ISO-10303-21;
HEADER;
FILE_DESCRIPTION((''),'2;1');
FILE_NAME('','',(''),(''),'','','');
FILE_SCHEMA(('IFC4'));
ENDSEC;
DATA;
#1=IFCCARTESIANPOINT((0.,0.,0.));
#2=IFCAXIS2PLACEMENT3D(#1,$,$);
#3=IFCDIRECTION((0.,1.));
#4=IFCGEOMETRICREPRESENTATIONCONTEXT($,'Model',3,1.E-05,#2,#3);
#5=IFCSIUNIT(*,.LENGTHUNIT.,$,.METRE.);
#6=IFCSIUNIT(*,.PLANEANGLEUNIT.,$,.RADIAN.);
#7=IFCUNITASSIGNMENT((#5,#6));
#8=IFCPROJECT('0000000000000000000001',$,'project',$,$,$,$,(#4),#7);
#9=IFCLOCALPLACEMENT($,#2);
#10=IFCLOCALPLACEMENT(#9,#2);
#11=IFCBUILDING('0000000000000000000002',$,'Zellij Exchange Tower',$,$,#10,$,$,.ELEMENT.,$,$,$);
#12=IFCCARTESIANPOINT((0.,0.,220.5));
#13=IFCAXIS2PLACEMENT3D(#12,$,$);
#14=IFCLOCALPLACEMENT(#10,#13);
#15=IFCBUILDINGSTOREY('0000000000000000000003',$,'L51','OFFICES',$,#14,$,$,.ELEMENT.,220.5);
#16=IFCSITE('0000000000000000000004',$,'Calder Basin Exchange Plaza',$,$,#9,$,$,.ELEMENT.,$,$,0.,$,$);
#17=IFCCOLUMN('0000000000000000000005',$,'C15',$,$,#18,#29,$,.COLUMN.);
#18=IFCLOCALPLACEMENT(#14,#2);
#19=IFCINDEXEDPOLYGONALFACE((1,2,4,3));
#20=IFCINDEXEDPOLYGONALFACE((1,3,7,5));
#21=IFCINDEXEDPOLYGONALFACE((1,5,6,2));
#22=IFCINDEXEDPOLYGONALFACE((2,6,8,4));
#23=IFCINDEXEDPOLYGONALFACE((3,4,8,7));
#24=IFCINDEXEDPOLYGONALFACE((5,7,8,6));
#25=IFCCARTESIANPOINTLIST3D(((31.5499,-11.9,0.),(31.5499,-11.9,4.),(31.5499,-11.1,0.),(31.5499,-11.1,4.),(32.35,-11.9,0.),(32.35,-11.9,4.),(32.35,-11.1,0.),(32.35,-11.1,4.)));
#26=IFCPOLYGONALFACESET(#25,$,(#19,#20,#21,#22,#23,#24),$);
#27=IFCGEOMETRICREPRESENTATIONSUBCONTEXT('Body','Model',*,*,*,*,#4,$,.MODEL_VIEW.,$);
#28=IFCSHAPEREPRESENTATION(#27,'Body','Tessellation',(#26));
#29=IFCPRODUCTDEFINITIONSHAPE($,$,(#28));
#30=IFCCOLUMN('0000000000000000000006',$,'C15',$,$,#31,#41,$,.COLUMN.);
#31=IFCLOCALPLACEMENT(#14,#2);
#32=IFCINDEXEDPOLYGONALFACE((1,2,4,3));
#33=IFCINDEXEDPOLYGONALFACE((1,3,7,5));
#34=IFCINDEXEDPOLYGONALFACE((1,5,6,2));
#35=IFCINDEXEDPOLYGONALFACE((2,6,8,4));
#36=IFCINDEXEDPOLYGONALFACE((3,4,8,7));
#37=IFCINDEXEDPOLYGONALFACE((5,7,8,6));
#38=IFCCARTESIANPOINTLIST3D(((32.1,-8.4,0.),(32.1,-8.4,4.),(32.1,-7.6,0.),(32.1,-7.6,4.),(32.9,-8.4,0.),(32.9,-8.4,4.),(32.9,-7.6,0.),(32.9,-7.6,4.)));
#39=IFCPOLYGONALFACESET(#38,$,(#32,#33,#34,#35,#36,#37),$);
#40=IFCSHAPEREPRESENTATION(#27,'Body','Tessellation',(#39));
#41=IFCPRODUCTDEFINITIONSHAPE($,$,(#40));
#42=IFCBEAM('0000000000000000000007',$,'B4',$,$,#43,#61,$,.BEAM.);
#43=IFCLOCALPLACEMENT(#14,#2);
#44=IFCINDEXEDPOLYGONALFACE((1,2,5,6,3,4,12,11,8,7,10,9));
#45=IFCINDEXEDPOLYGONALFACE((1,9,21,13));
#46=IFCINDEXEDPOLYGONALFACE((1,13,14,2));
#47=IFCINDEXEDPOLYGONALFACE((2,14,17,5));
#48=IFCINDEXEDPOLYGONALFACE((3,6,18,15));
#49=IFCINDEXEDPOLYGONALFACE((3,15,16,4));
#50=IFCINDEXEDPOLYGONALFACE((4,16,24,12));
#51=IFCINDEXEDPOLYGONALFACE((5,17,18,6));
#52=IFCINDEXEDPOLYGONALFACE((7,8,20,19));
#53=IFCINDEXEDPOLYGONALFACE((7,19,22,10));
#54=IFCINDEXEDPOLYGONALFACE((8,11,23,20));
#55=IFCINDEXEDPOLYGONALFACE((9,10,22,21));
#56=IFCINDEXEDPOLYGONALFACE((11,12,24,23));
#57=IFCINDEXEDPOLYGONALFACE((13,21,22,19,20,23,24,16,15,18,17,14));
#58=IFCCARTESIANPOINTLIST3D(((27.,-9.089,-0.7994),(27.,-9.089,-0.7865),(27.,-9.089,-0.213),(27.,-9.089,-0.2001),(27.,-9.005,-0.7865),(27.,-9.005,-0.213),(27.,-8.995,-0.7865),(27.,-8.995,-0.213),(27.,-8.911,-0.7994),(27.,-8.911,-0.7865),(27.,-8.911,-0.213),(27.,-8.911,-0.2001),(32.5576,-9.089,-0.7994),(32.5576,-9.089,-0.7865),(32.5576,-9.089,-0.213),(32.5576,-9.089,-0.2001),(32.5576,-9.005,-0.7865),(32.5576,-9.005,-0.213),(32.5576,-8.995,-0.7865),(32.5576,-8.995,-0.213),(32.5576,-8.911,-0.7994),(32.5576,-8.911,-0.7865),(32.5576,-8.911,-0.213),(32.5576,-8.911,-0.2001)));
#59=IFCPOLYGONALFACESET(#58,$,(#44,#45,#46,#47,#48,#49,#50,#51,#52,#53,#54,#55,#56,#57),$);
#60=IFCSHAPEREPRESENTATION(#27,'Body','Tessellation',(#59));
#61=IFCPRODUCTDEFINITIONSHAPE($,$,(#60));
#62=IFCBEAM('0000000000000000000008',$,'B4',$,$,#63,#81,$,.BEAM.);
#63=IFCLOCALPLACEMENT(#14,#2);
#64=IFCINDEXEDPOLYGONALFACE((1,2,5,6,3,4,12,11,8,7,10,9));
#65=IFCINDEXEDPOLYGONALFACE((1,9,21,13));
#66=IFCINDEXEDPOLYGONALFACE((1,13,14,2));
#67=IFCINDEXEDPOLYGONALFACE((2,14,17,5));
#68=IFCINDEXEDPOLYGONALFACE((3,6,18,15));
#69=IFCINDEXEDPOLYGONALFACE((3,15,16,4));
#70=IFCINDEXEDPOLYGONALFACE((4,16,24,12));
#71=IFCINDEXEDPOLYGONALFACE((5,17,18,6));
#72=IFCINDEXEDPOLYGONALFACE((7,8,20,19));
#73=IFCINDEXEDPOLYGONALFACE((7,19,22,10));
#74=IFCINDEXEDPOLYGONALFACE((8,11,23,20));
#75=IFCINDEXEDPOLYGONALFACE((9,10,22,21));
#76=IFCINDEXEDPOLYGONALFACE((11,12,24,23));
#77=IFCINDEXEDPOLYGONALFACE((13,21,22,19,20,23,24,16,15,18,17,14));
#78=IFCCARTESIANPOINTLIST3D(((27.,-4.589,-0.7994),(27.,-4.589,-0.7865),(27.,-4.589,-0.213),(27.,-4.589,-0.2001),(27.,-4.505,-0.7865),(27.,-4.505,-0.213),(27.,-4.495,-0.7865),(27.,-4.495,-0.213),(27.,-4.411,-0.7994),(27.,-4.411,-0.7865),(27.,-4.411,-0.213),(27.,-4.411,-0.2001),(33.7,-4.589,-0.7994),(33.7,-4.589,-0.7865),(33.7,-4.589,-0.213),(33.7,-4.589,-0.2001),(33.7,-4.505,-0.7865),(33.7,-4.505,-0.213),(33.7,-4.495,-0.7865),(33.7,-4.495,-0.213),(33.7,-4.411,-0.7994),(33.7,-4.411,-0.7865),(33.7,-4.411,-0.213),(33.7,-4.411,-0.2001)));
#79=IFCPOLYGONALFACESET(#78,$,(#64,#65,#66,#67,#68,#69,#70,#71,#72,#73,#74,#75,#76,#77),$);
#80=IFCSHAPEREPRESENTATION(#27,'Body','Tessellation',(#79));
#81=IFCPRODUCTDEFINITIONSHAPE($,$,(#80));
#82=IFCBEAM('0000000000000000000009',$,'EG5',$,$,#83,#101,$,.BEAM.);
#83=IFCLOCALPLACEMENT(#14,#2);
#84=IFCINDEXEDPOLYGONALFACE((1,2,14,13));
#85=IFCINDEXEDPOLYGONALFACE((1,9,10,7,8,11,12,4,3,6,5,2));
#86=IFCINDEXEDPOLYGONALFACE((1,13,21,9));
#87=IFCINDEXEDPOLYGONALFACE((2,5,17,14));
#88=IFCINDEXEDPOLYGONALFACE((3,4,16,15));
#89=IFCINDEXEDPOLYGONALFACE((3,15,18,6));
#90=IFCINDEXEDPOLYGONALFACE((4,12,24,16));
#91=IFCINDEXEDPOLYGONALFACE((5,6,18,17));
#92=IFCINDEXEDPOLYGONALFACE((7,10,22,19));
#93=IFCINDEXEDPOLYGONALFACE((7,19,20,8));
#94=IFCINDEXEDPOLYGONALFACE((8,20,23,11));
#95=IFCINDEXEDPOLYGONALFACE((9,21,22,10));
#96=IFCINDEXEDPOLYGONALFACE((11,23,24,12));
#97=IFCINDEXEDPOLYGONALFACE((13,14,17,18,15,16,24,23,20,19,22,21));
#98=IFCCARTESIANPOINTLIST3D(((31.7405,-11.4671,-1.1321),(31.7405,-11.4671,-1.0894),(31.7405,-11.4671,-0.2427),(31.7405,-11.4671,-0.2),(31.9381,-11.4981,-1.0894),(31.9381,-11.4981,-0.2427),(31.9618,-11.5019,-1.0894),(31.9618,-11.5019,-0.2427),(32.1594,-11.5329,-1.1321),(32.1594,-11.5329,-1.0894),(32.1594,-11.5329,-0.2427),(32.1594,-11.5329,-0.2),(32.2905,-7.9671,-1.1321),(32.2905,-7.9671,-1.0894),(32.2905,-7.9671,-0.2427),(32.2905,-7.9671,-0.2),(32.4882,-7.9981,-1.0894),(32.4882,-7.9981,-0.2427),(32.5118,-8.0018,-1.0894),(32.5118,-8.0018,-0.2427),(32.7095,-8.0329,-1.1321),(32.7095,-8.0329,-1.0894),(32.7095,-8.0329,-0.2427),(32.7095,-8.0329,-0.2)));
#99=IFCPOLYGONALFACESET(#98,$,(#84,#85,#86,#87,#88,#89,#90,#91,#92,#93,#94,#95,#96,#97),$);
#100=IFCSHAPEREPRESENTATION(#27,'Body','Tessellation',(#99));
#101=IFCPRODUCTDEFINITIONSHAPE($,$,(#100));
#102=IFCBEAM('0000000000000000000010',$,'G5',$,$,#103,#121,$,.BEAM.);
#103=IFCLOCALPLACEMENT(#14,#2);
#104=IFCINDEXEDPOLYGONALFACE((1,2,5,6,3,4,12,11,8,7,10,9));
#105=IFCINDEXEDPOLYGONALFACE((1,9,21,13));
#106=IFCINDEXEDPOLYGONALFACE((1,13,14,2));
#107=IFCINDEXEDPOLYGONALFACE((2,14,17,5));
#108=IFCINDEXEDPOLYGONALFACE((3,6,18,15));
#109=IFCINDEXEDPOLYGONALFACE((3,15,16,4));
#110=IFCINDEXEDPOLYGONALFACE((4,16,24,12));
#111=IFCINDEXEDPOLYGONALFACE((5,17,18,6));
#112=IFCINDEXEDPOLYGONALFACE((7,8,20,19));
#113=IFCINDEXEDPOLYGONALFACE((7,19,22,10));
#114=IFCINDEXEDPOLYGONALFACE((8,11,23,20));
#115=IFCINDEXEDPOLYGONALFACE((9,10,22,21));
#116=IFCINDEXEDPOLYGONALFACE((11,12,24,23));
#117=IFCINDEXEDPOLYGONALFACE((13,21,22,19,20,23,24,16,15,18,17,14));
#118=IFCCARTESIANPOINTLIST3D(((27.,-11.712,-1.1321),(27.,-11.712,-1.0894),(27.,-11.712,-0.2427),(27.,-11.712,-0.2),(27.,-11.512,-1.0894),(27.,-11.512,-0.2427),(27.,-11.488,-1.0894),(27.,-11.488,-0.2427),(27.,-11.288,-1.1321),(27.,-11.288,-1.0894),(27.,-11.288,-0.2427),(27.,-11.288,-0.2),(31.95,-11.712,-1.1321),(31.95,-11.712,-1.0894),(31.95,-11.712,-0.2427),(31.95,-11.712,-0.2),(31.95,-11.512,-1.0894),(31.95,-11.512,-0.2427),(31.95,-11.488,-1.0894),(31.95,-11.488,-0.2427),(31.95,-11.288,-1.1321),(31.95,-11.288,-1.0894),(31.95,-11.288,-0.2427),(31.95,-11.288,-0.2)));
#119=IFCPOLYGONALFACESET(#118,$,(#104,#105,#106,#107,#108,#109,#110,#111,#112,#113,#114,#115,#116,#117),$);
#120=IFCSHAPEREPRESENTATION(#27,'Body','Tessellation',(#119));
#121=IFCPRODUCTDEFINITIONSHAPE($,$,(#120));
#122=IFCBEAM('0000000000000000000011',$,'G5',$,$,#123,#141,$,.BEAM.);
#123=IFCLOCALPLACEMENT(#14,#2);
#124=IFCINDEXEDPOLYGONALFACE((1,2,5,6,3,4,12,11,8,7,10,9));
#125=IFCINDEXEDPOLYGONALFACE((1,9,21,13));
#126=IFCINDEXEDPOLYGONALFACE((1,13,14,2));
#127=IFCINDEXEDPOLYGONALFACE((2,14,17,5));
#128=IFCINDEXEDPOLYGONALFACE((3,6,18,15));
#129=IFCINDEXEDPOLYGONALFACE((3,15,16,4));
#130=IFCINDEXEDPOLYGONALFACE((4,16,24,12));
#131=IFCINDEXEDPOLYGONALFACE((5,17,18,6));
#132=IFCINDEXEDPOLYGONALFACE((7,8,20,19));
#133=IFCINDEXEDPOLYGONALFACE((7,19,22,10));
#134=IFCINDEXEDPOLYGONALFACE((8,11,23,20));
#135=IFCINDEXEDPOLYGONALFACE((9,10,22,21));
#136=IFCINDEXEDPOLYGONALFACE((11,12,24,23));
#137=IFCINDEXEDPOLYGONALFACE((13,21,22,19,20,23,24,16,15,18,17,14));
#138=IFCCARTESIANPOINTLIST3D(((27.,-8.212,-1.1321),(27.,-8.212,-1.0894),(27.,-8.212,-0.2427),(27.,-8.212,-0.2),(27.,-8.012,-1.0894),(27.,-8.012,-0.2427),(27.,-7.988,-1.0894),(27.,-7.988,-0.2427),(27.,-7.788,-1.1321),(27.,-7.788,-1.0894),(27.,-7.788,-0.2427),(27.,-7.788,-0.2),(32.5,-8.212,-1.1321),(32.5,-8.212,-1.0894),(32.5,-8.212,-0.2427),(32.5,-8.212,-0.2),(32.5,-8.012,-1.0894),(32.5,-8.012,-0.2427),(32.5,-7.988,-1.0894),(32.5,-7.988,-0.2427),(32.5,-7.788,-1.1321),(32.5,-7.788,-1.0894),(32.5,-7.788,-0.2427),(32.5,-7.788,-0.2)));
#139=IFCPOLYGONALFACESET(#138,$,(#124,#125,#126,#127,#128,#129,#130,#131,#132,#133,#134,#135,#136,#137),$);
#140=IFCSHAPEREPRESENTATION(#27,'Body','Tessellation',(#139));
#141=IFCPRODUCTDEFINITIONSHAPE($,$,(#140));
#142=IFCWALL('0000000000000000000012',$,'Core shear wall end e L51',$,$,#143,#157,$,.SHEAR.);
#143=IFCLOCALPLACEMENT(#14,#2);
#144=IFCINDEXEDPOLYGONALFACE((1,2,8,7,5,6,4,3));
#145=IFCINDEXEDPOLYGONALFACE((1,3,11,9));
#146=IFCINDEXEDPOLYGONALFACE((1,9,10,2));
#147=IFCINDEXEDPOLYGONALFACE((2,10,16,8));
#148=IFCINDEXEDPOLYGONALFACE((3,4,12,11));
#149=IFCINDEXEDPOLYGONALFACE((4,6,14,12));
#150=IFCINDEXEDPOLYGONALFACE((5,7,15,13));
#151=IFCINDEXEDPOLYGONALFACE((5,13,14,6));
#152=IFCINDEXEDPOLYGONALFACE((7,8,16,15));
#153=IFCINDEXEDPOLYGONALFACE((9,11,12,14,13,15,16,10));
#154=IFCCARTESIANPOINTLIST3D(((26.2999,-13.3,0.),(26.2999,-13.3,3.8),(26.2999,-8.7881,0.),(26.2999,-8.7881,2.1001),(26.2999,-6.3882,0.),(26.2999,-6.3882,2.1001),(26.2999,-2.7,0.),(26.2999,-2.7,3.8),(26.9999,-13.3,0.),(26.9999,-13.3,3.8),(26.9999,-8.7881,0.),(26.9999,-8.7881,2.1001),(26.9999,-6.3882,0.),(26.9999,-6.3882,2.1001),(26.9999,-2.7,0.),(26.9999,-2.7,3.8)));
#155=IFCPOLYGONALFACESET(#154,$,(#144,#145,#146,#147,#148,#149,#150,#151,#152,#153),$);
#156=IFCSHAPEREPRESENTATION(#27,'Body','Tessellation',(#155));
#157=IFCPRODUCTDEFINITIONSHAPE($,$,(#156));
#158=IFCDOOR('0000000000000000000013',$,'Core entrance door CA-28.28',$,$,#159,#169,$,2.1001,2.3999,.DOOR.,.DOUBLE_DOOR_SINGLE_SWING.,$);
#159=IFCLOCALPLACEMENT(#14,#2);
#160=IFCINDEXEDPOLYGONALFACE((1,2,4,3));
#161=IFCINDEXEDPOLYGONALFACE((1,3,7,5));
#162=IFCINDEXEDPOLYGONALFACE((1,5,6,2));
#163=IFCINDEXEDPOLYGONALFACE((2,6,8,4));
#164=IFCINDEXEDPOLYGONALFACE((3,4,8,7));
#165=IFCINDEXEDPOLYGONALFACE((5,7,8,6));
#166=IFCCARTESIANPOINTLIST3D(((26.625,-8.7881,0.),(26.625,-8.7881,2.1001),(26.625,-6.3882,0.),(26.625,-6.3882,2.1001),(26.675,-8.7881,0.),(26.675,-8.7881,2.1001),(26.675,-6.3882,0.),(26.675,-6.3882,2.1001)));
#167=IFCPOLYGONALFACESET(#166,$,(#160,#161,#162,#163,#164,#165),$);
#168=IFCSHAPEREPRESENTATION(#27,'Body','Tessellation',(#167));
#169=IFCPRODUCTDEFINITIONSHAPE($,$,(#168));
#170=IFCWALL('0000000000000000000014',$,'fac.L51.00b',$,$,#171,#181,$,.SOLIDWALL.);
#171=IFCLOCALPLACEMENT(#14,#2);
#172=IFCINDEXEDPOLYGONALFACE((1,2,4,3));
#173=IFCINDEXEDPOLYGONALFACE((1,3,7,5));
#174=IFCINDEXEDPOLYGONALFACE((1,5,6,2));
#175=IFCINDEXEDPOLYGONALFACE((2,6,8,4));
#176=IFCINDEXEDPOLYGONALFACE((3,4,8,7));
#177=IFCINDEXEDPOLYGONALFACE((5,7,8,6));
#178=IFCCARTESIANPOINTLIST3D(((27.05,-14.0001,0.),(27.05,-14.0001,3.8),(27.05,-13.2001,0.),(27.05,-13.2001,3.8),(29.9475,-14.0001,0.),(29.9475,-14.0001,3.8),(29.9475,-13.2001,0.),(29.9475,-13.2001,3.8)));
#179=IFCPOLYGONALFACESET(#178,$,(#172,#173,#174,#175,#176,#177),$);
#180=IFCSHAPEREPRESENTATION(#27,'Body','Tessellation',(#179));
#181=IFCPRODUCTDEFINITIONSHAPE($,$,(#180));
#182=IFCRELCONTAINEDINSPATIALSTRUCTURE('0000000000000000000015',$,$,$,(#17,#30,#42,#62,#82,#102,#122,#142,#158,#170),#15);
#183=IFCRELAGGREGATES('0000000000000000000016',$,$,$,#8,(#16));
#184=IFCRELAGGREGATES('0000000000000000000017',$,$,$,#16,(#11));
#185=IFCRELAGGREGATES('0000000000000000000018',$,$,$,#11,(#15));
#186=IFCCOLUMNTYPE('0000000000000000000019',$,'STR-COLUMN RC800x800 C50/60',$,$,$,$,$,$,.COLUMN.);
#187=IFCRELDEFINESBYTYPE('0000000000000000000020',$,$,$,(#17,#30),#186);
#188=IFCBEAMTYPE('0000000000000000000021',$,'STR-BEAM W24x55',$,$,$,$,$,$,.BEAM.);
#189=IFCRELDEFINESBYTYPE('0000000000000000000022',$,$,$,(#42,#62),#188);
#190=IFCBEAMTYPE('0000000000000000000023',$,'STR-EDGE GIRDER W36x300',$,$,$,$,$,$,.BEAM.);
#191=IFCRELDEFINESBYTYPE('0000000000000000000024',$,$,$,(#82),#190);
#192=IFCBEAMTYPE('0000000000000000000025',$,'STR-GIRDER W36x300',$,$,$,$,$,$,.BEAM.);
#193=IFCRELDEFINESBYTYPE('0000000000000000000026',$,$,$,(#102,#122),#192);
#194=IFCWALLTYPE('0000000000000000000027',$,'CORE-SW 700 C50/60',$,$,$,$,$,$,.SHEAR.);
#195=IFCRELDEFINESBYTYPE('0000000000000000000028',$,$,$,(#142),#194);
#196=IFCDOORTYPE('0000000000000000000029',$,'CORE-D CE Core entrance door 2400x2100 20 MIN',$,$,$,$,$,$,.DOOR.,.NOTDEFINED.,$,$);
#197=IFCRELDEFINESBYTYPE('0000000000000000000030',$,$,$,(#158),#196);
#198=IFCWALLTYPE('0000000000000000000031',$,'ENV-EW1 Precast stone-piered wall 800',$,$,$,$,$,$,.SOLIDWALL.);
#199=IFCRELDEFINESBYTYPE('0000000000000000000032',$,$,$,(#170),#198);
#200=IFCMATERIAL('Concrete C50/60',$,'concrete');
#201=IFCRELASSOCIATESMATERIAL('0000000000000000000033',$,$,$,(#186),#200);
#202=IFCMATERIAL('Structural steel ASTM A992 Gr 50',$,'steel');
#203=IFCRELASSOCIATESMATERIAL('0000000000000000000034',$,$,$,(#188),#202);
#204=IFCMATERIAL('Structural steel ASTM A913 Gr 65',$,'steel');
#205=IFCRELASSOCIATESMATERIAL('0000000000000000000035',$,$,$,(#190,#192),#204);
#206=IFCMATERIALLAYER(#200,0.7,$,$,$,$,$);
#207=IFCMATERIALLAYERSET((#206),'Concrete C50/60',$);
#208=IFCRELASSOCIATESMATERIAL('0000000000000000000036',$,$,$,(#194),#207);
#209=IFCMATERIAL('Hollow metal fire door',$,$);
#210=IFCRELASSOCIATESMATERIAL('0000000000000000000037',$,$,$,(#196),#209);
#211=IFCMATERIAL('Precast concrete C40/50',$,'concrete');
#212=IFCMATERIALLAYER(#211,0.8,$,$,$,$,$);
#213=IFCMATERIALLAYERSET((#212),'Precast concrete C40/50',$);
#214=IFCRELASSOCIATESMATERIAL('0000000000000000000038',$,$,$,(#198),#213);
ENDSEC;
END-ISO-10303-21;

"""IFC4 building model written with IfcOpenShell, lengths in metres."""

from ifc_helpers import new_model, si_unit, direction, frame, frame_2d, origin, origin_2d, place, context, subcontext, project, spatial, rectangle, i_section, extrude, material, layer, layer_set, material_profile, profile_set, type_object, element, fill, save


model = new_model("IFC4")

# Units and contexts
model_context = context("Model", 3, precision=1e-05, world=origin(), true_north=direction((0.0, 1.0)))
body_context = subcontext(model_context, "Body", "Model", "MODEL_VIEW")
ifc_project = project(units=[si_unit("LENGTHUNIT", "METRE"), si_unit("PLANEANGLEUNIT", "RADIAN")], contexts=[model_context])

# Site, building, storey
site_placement = place(None, origin())
site = spatial("IfcSite", under=ifc_project, at=site_placement, Name="Calder Basin Exchange Plaza", CompositionType="ELEMENT", RefElevation=0.0)
building_placement = place(site_placement, origin())
building = spatial("IfcBuilding", under=site, at=building_placement, Name="Zellij Exchange Tower", CompositionType="ELEMENT")
storey_placement = place(building_placement, frame((0.0, 0.0, 220.5)))
storey = spatial("IfcBuildingStorey", under=building, at=storey_placement, Name="L51", Description="OFFICES", CompositionType="ELEMENT", Elevation=220.5)

# Columns
ifc_material_1 = material(Name="Concrete C50/60", Category="concrete")
ifc_material_profile_1 = material_profile(ifc_material_1, rectangle(XDim=0.8, YDim=0.8, at=origin_2d()), Name="STR-COLUMN RC800x800 C50/60")
ifc_profile_set_1 = profile_set([ifc_material_profile_1], Name="Concrete C50/60")
column_type = type_object("IfcColumnType", Name="STR-COLUMN RC800x800 C50/60", PredefinedType="COLUMN", material=ifc_profile_set_1)
for number, where, z_axis, x_axis, name in (
    (1, (31.95, -11.5, 0.0), (0.0, 0.0, 1.0), (1.0, 0.0, 0.0), "C15"),
    (2, (32.5, -8.0, 0.0), (0.0, 0.0, 1.0), (1.0, 0.0, 0.0), "C15"),
):
    element("IfcColumn", number, at=place(storey_placement, frame(where, z_axis=z_axis, x_axis=x_axis)), inside=storey, type_object=column_type, Name=name, PredefinedType="COLUMN", context=body_context, shape_type="SweptSolid", body=[
        extrude(rectangle(XDim=0.8, YDim=0.8, at=origin_2d()), origin(), (0.0, 0.0, 1.0), 4.0),
    ])

# Beams
ifc_material_2 = material(Name="Structural steel ASTM A992 Gr 50", Category="steel")
ifc_material_profile_2 = material_profile(ifc_material_2, i_section(OverallWidth=0.178, OverallDepth=0.5994, WebThickness=0.01, FlangeThickness=0.0129, at=origin_2d()), Name="W24x55")
ifc_profile_set_2 = profile_set([ifc_material_profile_2], Name="Structural steel ASTM A992 Gr 50")
beam_type_1 = type_object("IfcBeamType", Name="STR-BEAM W24x55", PredefinedType="BEAM", material=ifc_profile_set_2)
beam_1_placement = place(storey_placement, frame((27.0, -9.0, -0.4998), z_axis=(1.0, 0.0, 0.0), x_axis=(0.0, 1.0, 0.0)))
element("IfcBeam", 3, at=beam_1_placement, inside=storey, type_object=beam_type_1, Name="B4", PredefinedType="BEAM", context=body_context, shape_type="SweptSolid", body=[
    extrude(i_section(OverallWidth=0.178, OverallDepth=0.5994, WebThickness=0.01, FlangeThickness=0.0129, at=origin_2d()), origin(), (0.0, 0.0, 1.0), 5.5576),
])
beam_2_placement = place(storey_placement, frame((27.0, -4.5, -0.4998), z_axis=(1.0, 0.0, 0.0), x_axis=(0.0, 1.0, 0.0)))
element("IfcBeam", 4, at=beam_2_placement, inside=storey, type_object=beam_type_1, Name="B4", PredefinedType="BEAM", context=body_context, shape_type="SweptSolid", body=[
    extrude(i_section(OverallWidth=0.178, OverallDepth=0.5994, WebThickness=0.01, FlangeThickness=0.0129, at=origin_2d()), origin(), (0.0, 0.0, 1.0), 6.7),
])
ifc_material_3 = material(Name="Structural steel ASTM A913 Gr 65", Category="steel")
ifc_material_profile_3 = material_profile(ifc_material_3, i_section(OverallWidth=0.4241, OverallDepth=0.9321, WebThickness=0.0239, FlangeThickness=0.0427, at=origin_2d()), Name="W36x300")
ifc_profile_set_3 = profile_set([ifc_material_profile_3], Name="Structural steel ASTM A913 Gr 65")
beam_type_2 = type_object("IfcBeamType", Name="STR-EDGE GIRDER W36x300", PredefinedType="BEAM", material=ifc_profile_set_3)
beam_3_placement = place(storey_placement, frame((31.95, -11.5, -0.666), z_axis=(0.155251, 0.987875, 0.0), x_axis=(-0.987875, 0.155251, 0.0)))
element("IfcBeam", 5, at=beam_3_placement, inside=storey, type_object=beam_type_2, Name="EG5", PredefinedType="BEAM", context=body_context, shape_type="SweptSolid", body=[
    extrude(i_section(OverallWidth=0.4241, OverallDepth=0.9321, WebThickness=0.0239, FlangeThickness=0.0427, at=origin_2d()), origin(), (0.0, 0.0, 1.0), 3.543),
])
ifc_material_profile_4 = material_profile(ifc_material_3, i_section(OverallWidth=0.4241, OverallDepth=0.9321, WebThickness=0.0239, FlangeThickness=0.0427, at=origin_2d()), Name="W36x300")
ifc_profile_set_4 = profile_set([ifc_material_profile_4], Name="Structural steel ASTM A913 Gr 65")
beam_type_3 = type_object("IfcBeamType", Name="STR-GIRDER W36x300", PredefinedType="BEAM", material=ifc_profile_set_4)
beam_4_placement = place(storey_placement, frame((27.0, -11.5, -0.666), z_axis=(1.0, 0.0, 0.0), x_axis=(0.0, 1.0, 0.0)))
element("IfcBeam", 6, at=beam_4_placement, inside=storey, type_object=beam_type_3, Name="G5", PredefinedType="BEAM", context=body_context, shape_type="SweptSolid", body=[
    extrude(i_section(OverallWidth=0.4241, OverallDepth=0.9321, WebThickness=0.0239, FlangeThickness=0.0427, at=origin_2d()), origin(), (0.0, 0.0, 1.0), 4.95),
])
beam_5_placement = place(storey_placement, frame((27.0, -8.0, -0.666), z_axis=(1.0, 0.0, 0.0), x_axis=(0.0, 1.0, 0.0)))
element("IfcBeam", 7, at=beam_5_placement, inside=storey, type_object=beam_type_3, Name="G5", PredefinedType="BEAM", context=body_context, shape_type="SweptSolid", body=[
    extrude(i_section(OverallWidth=0.4241, OverallDepth=0.9321, WebThickness=0.0239, FlangeThickness=0.0427, at=origin_2d()), origin(), (0.0, 0.0, 1.0), 5.5),
])

# Wall, opening, door
ifc_layer_1 = layer(ifc_material_1, 0.7)
ifc_layer_set_1 = layer_set([ifc_layer_1], Name="Concrete C50/60")
wall_type_1 = type_object("IfcWallType", Name="CORE-SW 700 C50/60", PredefinedType="SHEAR", material=ifc_layer_set_1)
wall_1_placement = place(storey_placement, frame((26.6499, -13.3, 0.0), z_axis=(0.0, 0.0, 1.0), x_axis=(0.0, 1.0, 0.0)))
wall_1 = element("IfcWall", 8, at=wall_1_placement, inside=storey, type_object=wall_type_1, Name="Core shear wall end e L51", PredefinedType="SHEAR", context=body_context, shape_type="SweptSolid", body=[
    extrude(rectangle(XDim=10.6001, YDim=0.7, at=frame_2d((5.3, 0.0))), origin(), (0.0, 0.0, 1.0), 3.8),
])
opening_1_placement = place(wall_1_placement, frame((4.512, 0.0, 0.0)))
opening_1 = element("IfcOpeningElement", 9, at=opening_1_placement, cuts=wall_1, PredefinedType="OPENING", context=body_context, shape_type="SweptSolid", body=[
    extrude(rectangle(XDim=2.3999, YDim=2.1001, at=frame_2d((1.2, 1.05))), frame((0.0, 0.3618, 0.0), z_axis=(0.0, -1.0, 0.0), x_axis=(1.0, 0.0, 0.0)), (0.0, 0.0, 1.0), 0.7239),
])
ifc_material_4 = material(Name="Hollow metal fire door")
door_type_1 = type_object("IfcDoorType", Name="CORE-D CE Core entrance door 2400x2100 20 MIN", OperationType="NOTDEFINED", PredefinedType="DOOR", material=ifc_material_4)
door_1_placement = place(opening_1_placement, origin())
door_1 = element("IfcDoor", 10, at=door_1_placement, inside=storey, type_object=door_type_1, Name="Core entrance door CA-28.28", OperationType="DOUBLE_DOOR_SINGLE_SWING", OverallHeight=2.1001, OverallWidth=2.3999, PredefinedType="DOOR", context=body_context, shape_type="SweptSolid", body=[
    extrude(rectangle(XDim=2.3999, YDim=2.1001, at=frame_2d((1.2, 1.05))), frame((0.0, 0.0249, 0.0), z_axis=(0.0, -1.0, 0.0), x_axis=(1.0, 0.0, 0.0)), (0.0, 0.0, 1.0), 0.05),
])
fill(opening_1, door_1)

# Wall
ifc_material_5 = material(Name="Precast concrete C40/50", Category="concrete")
ifc_layer_2 = layer(ifc_material_5, 0.8)
ifc_layer_set_2 = layer_set([ifc_layer_2], Name="Precast concrete C40/50")
wall_type_2 = type_object("IfcWallType", Name="ENV-EW1 Precast stone-piered wall 800", PredefinedType="SOLIDWALL", material=ifc_layer_set_2)
wall_2_placement = place(storey_placement, frame((27.05, -13.6001, 0.0), z_axis=(0.0, 0.0, 1.0), x_axis=(1.0, 0.0, 0.0)))
element("IfcWall", 11, at=wall_2_placement, inside=storey, type_object=wall_type_2, Name="fac.L51.00b", PredefinedType="SOLIDWALL", context=body_context, shape_type="SweptSolid", body=[
    extrude(rectangle(XDim=2.8975, YDim=0.8, at=frame_2d((1.4487, 0.0))), origin(), (0.0, 0.0, 1.0), 3.8),
])

save(model, "model.ifc")
